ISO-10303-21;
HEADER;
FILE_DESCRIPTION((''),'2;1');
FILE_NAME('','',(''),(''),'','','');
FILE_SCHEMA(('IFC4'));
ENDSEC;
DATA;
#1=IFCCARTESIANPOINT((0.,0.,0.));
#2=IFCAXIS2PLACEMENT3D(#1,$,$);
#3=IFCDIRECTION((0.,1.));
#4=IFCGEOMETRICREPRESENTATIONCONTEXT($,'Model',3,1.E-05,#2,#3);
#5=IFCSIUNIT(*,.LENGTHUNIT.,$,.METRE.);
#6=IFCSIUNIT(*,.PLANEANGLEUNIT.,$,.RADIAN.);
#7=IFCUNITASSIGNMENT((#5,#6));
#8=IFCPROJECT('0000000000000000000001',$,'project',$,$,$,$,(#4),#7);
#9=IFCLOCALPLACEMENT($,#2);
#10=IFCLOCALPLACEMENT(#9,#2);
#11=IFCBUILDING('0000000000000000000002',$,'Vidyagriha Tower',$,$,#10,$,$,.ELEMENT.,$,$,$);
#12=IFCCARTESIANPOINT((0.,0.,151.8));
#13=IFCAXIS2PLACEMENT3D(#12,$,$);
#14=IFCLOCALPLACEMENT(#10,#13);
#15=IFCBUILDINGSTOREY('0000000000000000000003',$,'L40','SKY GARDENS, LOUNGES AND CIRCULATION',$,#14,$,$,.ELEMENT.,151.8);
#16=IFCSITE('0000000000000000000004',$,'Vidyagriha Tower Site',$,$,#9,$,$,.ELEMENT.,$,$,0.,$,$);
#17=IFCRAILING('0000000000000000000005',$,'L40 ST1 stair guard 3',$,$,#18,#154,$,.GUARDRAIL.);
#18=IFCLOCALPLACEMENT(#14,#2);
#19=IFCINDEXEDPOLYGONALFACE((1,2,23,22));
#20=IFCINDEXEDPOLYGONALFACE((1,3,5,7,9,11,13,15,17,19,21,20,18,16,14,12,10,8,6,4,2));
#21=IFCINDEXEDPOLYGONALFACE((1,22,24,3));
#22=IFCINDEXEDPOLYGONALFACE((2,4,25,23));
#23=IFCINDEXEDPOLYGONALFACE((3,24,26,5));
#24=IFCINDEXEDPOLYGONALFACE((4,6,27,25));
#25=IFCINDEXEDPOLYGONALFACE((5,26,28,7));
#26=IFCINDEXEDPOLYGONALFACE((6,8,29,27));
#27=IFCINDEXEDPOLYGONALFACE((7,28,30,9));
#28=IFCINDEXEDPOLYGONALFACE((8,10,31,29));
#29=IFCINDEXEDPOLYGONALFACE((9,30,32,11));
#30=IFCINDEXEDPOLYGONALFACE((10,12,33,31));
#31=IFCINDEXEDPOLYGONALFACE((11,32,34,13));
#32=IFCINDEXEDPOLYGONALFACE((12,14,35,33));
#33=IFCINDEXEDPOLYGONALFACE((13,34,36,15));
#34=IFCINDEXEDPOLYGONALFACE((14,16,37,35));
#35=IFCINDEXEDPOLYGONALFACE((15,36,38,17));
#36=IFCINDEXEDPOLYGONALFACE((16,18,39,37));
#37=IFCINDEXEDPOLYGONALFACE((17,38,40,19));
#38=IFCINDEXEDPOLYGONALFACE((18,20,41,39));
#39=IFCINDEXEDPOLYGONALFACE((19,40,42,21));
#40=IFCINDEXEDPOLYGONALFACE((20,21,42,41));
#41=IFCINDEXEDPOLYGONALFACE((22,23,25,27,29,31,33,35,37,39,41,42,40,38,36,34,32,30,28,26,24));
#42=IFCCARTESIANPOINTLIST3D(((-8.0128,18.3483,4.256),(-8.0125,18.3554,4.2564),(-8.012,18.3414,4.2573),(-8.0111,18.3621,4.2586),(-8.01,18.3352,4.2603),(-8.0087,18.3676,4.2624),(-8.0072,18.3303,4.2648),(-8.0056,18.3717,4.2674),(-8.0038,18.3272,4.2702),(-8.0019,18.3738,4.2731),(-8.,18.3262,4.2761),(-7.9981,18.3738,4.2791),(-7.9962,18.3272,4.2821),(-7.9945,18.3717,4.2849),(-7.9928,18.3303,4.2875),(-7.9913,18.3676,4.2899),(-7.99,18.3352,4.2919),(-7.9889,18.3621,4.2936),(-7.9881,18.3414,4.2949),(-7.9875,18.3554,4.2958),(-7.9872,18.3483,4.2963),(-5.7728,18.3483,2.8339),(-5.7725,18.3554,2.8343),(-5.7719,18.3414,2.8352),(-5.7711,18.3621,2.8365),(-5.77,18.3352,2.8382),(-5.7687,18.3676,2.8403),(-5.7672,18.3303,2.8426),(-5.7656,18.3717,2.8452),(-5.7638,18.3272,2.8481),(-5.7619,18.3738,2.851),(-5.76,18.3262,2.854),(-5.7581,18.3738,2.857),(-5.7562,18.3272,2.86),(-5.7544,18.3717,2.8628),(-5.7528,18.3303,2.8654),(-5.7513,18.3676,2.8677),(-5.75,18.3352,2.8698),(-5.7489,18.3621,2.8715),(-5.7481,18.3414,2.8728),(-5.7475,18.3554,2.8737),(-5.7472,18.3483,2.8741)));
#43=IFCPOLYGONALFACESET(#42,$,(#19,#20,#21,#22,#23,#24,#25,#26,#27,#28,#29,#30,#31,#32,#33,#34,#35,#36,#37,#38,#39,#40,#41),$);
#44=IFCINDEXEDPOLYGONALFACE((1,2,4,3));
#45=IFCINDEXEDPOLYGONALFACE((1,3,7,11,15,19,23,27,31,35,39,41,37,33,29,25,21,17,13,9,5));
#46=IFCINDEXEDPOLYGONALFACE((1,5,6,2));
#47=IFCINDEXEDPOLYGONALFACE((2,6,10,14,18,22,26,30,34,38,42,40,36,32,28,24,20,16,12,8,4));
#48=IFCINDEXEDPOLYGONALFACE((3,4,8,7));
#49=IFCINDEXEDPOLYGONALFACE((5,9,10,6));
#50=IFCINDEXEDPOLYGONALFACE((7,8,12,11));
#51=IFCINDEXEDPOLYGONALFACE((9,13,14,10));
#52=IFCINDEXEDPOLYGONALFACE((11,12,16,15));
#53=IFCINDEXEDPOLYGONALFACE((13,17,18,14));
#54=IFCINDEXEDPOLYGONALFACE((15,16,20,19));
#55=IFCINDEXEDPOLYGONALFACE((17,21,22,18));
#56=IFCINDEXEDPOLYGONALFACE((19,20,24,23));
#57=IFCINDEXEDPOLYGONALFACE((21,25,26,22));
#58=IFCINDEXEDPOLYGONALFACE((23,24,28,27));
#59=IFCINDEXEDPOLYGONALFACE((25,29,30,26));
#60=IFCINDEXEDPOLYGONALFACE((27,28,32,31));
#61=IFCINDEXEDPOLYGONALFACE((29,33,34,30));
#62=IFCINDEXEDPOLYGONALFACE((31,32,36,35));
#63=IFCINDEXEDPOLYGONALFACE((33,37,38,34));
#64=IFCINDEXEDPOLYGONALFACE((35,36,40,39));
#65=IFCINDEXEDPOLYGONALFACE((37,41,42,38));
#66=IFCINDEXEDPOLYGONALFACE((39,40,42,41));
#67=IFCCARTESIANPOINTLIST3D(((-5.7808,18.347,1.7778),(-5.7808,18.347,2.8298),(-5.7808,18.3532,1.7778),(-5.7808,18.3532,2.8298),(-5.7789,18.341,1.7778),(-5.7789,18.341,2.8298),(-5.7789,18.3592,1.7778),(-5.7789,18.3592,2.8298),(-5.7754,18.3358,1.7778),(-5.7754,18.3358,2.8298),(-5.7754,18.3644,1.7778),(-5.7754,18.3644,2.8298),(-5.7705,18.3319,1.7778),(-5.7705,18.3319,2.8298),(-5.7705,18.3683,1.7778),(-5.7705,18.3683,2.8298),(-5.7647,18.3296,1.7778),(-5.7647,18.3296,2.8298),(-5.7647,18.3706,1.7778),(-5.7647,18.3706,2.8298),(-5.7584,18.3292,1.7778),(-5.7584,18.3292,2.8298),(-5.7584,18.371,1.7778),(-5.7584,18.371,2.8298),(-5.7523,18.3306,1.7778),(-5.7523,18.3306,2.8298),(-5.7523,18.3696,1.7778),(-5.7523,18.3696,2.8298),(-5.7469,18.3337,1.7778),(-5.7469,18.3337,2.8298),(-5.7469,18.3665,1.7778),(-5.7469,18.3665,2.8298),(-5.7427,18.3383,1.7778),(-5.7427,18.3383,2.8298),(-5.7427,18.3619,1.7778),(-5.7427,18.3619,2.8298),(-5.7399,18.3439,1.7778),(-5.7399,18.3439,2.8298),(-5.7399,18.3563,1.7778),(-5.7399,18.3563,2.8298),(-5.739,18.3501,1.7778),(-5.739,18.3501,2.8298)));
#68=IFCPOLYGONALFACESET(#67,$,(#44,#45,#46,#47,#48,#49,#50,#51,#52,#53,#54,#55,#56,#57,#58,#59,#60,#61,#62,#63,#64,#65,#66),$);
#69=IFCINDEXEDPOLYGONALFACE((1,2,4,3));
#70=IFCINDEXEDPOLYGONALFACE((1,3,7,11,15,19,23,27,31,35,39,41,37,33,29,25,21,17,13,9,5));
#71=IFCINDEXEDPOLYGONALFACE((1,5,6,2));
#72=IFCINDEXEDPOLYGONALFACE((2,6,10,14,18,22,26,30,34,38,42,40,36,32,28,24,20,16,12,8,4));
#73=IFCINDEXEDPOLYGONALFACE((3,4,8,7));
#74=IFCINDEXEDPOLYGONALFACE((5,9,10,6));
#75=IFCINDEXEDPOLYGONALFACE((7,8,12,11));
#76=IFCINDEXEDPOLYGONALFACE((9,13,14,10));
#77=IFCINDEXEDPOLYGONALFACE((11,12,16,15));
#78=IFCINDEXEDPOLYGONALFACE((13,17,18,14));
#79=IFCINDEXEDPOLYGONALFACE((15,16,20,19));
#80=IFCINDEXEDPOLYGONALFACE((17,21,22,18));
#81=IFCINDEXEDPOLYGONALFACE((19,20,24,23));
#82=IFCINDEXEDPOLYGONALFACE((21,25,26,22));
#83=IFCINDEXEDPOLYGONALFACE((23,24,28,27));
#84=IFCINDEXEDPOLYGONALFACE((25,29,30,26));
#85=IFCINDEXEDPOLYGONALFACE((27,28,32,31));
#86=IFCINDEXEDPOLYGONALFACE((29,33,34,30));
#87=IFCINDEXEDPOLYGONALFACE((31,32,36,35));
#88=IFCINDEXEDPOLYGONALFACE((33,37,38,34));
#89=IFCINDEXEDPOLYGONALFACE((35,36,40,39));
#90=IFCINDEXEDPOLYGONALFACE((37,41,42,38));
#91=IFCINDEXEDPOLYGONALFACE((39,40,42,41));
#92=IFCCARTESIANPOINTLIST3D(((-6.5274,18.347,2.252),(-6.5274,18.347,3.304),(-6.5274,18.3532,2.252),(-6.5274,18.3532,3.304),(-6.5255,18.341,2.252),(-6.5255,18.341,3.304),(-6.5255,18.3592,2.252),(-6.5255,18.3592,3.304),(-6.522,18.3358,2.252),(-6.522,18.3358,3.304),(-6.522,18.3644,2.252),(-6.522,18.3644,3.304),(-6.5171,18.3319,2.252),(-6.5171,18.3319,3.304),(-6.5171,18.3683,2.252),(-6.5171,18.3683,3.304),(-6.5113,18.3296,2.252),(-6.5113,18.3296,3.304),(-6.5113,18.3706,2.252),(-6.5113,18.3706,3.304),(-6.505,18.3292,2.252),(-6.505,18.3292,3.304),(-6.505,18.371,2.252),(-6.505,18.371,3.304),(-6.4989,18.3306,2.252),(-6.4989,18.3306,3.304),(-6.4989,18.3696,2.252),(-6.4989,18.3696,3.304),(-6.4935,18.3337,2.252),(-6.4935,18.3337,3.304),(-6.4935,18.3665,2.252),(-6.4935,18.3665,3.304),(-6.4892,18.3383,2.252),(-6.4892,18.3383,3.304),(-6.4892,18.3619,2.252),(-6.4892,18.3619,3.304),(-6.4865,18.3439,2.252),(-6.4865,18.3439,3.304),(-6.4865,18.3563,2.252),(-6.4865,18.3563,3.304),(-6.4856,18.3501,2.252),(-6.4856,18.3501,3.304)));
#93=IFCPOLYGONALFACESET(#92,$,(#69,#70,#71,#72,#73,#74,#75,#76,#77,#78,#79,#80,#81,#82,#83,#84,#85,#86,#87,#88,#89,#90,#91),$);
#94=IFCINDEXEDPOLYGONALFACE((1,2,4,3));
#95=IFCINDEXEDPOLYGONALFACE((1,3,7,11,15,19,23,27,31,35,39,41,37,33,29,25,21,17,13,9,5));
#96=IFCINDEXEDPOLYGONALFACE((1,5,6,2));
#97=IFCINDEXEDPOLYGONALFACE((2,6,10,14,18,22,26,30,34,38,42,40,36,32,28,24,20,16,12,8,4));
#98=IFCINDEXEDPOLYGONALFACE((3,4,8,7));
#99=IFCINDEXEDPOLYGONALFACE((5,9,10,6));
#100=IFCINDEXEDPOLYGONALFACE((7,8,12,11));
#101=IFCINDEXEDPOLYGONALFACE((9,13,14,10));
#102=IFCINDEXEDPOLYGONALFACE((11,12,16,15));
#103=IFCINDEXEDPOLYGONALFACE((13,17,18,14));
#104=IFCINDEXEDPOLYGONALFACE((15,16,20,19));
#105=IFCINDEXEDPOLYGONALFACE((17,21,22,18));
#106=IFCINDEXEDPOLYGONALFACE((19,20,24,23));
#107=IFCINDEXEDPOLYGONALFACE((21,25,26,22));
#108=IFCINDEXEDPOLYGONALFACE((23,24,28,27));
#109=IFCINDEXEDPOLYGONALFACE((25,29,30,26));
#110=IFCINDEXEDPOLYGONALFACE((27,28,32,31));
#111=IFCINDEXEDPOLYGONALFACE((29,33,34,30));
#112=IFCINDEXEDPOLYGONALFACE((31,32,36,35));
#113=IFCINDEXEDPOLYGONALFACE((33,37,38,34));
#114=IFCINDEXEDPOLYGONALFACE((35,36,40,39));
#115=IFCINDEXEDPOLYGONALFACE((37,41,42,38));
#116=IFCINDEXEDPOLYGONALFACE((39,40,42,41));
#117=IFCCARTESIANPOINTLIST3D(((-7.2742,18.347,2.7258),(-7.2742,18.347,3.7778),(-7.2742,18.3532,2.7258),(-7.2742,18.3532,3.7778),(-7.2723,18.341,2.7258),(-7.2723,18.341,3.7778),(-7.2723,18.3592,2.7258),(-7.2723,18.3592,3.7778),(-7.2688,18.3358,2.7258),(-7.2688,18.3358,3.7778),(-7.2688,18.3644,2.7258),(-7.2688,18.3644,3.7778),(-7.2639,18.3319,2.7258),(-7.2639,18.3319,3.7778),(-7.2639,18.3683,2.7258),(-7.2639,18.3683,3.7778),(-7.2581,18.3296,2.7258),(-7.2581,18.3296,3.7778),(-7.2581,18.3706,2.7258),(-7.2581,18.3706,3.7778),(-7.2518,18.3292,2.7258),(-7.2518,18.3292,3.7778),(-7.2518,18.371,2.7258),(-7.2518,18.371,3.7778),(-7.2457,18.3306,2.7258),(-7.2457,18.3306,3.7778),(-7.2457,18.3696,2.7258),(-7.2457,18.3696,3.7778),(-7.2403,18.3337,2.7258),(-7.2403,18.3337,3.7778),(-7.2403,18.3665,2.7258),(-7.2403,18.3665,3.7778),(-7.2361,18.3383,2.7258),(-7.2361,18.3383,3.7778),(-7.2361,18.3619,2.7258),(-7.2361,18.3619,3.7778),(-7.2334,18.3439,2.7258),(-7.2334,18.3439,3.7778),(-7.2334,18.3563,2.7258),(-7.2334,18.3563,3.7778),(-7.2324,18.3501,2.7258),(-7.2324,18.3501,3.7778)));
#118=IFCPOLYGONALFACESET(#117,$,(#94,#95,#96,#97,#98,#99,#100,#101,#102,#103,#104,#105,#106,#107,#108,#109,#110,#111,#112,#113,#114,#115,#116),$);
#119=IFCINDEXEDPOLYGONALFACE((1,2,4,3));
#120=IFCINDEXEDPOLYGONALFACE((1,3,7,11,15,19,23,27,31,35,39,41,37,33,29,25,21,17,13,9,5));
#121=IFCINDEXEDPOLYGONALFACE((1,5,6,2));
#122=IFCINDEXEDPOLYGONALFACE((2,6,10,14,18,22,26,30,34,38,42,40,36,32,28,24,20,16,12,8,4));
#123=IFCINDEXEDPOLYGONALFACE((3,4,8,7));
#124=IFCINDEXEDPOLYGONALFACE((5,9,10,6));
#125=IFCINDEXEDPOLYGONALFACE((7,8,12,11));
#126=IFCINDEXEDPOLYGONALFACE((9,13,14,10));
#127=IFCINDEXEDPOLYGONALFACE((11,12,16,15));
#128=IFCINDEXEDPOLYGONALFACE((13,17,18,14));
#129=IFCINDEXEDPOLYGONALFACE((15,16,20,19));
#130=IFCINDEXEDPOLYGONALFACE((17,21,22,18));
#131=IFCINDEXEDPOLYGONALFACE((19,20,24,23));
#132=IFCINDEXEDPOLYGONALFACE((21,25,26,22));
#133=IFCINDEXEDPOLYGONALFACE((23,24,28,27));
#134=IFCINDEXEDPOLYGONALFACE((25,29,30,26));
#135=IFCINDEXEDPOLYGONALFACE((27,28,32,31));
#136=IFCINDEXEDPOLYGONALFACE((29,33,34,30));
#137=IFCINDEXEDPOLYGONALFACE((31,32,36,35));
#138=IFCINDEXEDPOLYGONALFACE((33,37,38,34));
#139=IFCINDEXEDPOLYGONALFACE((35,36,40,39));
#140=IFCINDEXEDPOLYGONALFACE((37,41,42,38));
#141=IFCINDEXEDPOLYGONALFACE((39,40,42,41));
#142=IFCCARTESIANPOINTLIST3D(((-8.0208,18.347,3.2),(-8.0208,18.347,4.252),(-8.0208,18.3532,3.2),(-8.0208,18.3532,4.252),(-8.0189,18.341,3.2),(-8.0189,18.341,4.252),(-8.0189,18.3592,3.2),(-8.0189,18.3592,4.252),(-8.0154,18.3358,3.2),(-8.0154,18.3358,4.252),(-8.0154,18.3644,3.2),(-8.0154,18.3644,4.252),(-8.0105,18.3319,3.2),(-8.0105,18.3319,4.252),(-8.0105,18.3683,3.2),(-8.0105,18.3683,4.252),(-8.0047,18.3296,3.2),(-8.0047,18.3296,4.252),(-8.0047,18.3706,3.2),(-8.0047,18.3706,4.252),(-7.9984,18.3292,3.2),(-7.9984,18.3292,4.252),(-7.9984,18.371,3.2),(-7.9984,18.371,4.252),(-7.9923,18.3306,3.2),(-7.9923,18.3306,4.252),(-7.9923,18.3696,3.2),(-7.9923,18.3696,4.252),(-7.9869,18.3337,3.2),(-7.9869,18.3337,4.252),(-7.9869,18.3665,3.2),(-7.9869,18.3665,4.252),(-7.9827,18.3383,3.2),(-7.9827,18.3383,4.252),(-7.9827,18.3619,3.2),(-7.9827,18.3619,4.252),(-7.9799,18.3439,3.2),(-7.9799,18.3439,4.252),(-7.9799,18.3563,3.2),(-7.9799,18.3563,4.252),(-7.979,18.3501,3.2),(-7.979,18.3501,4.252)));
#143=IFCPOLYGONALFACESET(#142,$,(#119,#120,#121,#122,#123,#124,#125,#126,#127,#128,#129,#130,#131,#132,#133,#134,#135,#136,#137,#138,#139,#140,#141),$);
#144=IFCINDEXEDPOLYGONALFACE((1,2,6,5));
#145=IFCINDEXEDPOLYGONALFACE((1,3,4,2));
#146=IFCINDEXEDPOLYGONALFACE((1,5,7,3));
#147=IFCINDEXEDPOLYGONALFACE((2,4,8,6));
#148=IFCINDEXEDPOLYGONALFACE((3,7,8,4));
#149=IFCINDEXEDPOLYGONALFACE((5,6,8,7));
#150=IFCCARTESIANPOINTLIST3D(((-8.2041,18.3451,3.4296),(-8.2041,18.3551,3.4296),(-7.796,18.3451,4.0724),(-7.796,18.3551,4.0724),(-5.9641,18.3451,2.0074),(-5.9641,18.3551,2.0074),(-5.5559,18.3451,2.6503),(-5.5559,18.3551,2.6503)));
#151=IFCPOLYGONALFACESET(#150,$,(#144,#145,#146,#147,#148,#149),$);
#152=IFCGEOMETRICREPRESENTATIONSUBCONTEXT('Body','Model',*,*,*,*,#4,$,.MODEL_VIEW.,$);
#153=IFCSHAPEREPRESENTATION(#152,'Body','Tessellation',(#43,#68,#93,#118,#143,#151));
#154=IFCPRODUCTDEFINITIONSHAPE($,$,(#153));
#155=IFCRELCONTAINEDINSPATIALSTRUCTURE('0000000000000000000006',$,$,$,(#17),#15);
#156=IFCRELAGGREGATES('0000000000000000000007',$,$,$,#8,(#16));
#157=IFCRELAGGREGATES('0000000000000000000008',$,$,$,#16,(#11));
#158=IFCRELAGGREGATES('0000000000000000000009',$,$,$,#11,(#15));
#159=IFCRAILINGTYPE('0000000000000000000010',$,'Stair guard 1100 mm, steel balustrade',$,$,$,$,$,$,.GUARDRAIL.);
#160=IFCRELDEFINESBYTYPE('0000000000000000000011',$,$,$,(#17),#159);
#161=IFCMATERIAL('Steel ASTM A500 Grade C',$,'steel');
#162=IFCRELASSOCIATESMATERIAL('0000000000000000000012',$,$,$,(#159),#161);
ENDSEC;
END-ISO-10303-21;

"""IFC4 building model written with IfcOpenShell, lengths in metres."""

from ifc_helpers import new_model, si_unit, direction, frame, origin, origin_2d, place, context, subcontext, project, spatial, rectangle, circle, extrude, material, type_object, element, save


model = new_model("IFC4")

# Units and contexts
model_context = context("Model", 3, precision=1e-05, world=origin(), true_north=direction((0.0, 1.0)))
body_context = subcontext(model_context, "Body", "Model", "MODEL_VIEW")
ifc_project = project(units=[si_unit("LENGTHUNIT", "METRE"), si_unit("PLANEANGLEUNIT", "RADIAN")], contexts=[model_context])

# Site, building, storey
site_placement = place(None, origin())
site = spatial("IfcSite", under=ifc_project, at=site_placement, Name="Vidyagriha Tower Site", CompositionType="ELEMENT", RefElevation=0.0)
building_placement = place(site_placement, origin())
building = spatial("IfcBuilding", under=site, at=building_placement, Name="Vidyagriha Tower", CompositionType="ELEMENT")
storey_placement = place(building_placement, frame((0.0, 0.0, 151.8)))
storey = spatial("IfcBuildingStorey", under=building, at=storey_placement, Name="L40", Description="SKY GARDENS, LOUNGES AND CIRCULATION", CompositionType="ELEMENT", Elevation=151.8)

# Railing
ifc_material_1 = material(Name="Steel ASTM A500 Grade C", Category="steel")
railing_type_1 = type_object("IfcRailingType", Name="Stair guard 1100 mm, steel balustrade", PredefinedType="GUARDRAIL", material=ifc_material_1)
railing_1_placement = place(storey_placement, frame((-5.76, 18.3501, 1.7778)))
element("IfcRailing", 1, at=railing_1_placement, inside=storey, type_object=railing_type_1, Name="L40 ST1 stair guard 3", PredefinedType="GUARDRAIL", context=body_context, shape_type="SweptSolid", body=[
    extrude(circle(Radius=0.0239, at=origin_2d()), frame((0.0, 0.0, 1.0762), z_axis=(-0.844229, 0.0, 0.535982), x_axis=(0.0, -1.0, 0.0)), (0.0, 0.0, 1.0), 2.6533),
    extrude(circle(Radius=0.021, at=origin_2d()), origin(), (0.0, 0.0, 1.0), 1.052),
    extrude(circle(Radius=0.021, at=origin_2d()), frame((-0.7466, 0.0, 0.4741)), (0.0, 0.0, 1.0), 1.052),
    extrude(circle(Radius=0.021, at=origin_2d()), frame((-1.4934, 0.0, 0.948)), (0.0, 0.0, 1.0), 1.052),
    extrude(circle(Radius=0.021, at=origin_2d()), frame((-2.24, 0.0, 1.4221)), (0.0, 0.0, 1.0), 1.052),
    extrude(rectangle(XDim=0.01, YDim=0.7615, at=origin_2d()), frame((0.0, 0.0, 0.551), z_axis=(-0.844229, 0.0, 0.535982), x_axis=(0.0, -1.0, 0.0)), (0.0, 0.0, 1.0), 2.6533),
])

save(model, "model.ifc")
